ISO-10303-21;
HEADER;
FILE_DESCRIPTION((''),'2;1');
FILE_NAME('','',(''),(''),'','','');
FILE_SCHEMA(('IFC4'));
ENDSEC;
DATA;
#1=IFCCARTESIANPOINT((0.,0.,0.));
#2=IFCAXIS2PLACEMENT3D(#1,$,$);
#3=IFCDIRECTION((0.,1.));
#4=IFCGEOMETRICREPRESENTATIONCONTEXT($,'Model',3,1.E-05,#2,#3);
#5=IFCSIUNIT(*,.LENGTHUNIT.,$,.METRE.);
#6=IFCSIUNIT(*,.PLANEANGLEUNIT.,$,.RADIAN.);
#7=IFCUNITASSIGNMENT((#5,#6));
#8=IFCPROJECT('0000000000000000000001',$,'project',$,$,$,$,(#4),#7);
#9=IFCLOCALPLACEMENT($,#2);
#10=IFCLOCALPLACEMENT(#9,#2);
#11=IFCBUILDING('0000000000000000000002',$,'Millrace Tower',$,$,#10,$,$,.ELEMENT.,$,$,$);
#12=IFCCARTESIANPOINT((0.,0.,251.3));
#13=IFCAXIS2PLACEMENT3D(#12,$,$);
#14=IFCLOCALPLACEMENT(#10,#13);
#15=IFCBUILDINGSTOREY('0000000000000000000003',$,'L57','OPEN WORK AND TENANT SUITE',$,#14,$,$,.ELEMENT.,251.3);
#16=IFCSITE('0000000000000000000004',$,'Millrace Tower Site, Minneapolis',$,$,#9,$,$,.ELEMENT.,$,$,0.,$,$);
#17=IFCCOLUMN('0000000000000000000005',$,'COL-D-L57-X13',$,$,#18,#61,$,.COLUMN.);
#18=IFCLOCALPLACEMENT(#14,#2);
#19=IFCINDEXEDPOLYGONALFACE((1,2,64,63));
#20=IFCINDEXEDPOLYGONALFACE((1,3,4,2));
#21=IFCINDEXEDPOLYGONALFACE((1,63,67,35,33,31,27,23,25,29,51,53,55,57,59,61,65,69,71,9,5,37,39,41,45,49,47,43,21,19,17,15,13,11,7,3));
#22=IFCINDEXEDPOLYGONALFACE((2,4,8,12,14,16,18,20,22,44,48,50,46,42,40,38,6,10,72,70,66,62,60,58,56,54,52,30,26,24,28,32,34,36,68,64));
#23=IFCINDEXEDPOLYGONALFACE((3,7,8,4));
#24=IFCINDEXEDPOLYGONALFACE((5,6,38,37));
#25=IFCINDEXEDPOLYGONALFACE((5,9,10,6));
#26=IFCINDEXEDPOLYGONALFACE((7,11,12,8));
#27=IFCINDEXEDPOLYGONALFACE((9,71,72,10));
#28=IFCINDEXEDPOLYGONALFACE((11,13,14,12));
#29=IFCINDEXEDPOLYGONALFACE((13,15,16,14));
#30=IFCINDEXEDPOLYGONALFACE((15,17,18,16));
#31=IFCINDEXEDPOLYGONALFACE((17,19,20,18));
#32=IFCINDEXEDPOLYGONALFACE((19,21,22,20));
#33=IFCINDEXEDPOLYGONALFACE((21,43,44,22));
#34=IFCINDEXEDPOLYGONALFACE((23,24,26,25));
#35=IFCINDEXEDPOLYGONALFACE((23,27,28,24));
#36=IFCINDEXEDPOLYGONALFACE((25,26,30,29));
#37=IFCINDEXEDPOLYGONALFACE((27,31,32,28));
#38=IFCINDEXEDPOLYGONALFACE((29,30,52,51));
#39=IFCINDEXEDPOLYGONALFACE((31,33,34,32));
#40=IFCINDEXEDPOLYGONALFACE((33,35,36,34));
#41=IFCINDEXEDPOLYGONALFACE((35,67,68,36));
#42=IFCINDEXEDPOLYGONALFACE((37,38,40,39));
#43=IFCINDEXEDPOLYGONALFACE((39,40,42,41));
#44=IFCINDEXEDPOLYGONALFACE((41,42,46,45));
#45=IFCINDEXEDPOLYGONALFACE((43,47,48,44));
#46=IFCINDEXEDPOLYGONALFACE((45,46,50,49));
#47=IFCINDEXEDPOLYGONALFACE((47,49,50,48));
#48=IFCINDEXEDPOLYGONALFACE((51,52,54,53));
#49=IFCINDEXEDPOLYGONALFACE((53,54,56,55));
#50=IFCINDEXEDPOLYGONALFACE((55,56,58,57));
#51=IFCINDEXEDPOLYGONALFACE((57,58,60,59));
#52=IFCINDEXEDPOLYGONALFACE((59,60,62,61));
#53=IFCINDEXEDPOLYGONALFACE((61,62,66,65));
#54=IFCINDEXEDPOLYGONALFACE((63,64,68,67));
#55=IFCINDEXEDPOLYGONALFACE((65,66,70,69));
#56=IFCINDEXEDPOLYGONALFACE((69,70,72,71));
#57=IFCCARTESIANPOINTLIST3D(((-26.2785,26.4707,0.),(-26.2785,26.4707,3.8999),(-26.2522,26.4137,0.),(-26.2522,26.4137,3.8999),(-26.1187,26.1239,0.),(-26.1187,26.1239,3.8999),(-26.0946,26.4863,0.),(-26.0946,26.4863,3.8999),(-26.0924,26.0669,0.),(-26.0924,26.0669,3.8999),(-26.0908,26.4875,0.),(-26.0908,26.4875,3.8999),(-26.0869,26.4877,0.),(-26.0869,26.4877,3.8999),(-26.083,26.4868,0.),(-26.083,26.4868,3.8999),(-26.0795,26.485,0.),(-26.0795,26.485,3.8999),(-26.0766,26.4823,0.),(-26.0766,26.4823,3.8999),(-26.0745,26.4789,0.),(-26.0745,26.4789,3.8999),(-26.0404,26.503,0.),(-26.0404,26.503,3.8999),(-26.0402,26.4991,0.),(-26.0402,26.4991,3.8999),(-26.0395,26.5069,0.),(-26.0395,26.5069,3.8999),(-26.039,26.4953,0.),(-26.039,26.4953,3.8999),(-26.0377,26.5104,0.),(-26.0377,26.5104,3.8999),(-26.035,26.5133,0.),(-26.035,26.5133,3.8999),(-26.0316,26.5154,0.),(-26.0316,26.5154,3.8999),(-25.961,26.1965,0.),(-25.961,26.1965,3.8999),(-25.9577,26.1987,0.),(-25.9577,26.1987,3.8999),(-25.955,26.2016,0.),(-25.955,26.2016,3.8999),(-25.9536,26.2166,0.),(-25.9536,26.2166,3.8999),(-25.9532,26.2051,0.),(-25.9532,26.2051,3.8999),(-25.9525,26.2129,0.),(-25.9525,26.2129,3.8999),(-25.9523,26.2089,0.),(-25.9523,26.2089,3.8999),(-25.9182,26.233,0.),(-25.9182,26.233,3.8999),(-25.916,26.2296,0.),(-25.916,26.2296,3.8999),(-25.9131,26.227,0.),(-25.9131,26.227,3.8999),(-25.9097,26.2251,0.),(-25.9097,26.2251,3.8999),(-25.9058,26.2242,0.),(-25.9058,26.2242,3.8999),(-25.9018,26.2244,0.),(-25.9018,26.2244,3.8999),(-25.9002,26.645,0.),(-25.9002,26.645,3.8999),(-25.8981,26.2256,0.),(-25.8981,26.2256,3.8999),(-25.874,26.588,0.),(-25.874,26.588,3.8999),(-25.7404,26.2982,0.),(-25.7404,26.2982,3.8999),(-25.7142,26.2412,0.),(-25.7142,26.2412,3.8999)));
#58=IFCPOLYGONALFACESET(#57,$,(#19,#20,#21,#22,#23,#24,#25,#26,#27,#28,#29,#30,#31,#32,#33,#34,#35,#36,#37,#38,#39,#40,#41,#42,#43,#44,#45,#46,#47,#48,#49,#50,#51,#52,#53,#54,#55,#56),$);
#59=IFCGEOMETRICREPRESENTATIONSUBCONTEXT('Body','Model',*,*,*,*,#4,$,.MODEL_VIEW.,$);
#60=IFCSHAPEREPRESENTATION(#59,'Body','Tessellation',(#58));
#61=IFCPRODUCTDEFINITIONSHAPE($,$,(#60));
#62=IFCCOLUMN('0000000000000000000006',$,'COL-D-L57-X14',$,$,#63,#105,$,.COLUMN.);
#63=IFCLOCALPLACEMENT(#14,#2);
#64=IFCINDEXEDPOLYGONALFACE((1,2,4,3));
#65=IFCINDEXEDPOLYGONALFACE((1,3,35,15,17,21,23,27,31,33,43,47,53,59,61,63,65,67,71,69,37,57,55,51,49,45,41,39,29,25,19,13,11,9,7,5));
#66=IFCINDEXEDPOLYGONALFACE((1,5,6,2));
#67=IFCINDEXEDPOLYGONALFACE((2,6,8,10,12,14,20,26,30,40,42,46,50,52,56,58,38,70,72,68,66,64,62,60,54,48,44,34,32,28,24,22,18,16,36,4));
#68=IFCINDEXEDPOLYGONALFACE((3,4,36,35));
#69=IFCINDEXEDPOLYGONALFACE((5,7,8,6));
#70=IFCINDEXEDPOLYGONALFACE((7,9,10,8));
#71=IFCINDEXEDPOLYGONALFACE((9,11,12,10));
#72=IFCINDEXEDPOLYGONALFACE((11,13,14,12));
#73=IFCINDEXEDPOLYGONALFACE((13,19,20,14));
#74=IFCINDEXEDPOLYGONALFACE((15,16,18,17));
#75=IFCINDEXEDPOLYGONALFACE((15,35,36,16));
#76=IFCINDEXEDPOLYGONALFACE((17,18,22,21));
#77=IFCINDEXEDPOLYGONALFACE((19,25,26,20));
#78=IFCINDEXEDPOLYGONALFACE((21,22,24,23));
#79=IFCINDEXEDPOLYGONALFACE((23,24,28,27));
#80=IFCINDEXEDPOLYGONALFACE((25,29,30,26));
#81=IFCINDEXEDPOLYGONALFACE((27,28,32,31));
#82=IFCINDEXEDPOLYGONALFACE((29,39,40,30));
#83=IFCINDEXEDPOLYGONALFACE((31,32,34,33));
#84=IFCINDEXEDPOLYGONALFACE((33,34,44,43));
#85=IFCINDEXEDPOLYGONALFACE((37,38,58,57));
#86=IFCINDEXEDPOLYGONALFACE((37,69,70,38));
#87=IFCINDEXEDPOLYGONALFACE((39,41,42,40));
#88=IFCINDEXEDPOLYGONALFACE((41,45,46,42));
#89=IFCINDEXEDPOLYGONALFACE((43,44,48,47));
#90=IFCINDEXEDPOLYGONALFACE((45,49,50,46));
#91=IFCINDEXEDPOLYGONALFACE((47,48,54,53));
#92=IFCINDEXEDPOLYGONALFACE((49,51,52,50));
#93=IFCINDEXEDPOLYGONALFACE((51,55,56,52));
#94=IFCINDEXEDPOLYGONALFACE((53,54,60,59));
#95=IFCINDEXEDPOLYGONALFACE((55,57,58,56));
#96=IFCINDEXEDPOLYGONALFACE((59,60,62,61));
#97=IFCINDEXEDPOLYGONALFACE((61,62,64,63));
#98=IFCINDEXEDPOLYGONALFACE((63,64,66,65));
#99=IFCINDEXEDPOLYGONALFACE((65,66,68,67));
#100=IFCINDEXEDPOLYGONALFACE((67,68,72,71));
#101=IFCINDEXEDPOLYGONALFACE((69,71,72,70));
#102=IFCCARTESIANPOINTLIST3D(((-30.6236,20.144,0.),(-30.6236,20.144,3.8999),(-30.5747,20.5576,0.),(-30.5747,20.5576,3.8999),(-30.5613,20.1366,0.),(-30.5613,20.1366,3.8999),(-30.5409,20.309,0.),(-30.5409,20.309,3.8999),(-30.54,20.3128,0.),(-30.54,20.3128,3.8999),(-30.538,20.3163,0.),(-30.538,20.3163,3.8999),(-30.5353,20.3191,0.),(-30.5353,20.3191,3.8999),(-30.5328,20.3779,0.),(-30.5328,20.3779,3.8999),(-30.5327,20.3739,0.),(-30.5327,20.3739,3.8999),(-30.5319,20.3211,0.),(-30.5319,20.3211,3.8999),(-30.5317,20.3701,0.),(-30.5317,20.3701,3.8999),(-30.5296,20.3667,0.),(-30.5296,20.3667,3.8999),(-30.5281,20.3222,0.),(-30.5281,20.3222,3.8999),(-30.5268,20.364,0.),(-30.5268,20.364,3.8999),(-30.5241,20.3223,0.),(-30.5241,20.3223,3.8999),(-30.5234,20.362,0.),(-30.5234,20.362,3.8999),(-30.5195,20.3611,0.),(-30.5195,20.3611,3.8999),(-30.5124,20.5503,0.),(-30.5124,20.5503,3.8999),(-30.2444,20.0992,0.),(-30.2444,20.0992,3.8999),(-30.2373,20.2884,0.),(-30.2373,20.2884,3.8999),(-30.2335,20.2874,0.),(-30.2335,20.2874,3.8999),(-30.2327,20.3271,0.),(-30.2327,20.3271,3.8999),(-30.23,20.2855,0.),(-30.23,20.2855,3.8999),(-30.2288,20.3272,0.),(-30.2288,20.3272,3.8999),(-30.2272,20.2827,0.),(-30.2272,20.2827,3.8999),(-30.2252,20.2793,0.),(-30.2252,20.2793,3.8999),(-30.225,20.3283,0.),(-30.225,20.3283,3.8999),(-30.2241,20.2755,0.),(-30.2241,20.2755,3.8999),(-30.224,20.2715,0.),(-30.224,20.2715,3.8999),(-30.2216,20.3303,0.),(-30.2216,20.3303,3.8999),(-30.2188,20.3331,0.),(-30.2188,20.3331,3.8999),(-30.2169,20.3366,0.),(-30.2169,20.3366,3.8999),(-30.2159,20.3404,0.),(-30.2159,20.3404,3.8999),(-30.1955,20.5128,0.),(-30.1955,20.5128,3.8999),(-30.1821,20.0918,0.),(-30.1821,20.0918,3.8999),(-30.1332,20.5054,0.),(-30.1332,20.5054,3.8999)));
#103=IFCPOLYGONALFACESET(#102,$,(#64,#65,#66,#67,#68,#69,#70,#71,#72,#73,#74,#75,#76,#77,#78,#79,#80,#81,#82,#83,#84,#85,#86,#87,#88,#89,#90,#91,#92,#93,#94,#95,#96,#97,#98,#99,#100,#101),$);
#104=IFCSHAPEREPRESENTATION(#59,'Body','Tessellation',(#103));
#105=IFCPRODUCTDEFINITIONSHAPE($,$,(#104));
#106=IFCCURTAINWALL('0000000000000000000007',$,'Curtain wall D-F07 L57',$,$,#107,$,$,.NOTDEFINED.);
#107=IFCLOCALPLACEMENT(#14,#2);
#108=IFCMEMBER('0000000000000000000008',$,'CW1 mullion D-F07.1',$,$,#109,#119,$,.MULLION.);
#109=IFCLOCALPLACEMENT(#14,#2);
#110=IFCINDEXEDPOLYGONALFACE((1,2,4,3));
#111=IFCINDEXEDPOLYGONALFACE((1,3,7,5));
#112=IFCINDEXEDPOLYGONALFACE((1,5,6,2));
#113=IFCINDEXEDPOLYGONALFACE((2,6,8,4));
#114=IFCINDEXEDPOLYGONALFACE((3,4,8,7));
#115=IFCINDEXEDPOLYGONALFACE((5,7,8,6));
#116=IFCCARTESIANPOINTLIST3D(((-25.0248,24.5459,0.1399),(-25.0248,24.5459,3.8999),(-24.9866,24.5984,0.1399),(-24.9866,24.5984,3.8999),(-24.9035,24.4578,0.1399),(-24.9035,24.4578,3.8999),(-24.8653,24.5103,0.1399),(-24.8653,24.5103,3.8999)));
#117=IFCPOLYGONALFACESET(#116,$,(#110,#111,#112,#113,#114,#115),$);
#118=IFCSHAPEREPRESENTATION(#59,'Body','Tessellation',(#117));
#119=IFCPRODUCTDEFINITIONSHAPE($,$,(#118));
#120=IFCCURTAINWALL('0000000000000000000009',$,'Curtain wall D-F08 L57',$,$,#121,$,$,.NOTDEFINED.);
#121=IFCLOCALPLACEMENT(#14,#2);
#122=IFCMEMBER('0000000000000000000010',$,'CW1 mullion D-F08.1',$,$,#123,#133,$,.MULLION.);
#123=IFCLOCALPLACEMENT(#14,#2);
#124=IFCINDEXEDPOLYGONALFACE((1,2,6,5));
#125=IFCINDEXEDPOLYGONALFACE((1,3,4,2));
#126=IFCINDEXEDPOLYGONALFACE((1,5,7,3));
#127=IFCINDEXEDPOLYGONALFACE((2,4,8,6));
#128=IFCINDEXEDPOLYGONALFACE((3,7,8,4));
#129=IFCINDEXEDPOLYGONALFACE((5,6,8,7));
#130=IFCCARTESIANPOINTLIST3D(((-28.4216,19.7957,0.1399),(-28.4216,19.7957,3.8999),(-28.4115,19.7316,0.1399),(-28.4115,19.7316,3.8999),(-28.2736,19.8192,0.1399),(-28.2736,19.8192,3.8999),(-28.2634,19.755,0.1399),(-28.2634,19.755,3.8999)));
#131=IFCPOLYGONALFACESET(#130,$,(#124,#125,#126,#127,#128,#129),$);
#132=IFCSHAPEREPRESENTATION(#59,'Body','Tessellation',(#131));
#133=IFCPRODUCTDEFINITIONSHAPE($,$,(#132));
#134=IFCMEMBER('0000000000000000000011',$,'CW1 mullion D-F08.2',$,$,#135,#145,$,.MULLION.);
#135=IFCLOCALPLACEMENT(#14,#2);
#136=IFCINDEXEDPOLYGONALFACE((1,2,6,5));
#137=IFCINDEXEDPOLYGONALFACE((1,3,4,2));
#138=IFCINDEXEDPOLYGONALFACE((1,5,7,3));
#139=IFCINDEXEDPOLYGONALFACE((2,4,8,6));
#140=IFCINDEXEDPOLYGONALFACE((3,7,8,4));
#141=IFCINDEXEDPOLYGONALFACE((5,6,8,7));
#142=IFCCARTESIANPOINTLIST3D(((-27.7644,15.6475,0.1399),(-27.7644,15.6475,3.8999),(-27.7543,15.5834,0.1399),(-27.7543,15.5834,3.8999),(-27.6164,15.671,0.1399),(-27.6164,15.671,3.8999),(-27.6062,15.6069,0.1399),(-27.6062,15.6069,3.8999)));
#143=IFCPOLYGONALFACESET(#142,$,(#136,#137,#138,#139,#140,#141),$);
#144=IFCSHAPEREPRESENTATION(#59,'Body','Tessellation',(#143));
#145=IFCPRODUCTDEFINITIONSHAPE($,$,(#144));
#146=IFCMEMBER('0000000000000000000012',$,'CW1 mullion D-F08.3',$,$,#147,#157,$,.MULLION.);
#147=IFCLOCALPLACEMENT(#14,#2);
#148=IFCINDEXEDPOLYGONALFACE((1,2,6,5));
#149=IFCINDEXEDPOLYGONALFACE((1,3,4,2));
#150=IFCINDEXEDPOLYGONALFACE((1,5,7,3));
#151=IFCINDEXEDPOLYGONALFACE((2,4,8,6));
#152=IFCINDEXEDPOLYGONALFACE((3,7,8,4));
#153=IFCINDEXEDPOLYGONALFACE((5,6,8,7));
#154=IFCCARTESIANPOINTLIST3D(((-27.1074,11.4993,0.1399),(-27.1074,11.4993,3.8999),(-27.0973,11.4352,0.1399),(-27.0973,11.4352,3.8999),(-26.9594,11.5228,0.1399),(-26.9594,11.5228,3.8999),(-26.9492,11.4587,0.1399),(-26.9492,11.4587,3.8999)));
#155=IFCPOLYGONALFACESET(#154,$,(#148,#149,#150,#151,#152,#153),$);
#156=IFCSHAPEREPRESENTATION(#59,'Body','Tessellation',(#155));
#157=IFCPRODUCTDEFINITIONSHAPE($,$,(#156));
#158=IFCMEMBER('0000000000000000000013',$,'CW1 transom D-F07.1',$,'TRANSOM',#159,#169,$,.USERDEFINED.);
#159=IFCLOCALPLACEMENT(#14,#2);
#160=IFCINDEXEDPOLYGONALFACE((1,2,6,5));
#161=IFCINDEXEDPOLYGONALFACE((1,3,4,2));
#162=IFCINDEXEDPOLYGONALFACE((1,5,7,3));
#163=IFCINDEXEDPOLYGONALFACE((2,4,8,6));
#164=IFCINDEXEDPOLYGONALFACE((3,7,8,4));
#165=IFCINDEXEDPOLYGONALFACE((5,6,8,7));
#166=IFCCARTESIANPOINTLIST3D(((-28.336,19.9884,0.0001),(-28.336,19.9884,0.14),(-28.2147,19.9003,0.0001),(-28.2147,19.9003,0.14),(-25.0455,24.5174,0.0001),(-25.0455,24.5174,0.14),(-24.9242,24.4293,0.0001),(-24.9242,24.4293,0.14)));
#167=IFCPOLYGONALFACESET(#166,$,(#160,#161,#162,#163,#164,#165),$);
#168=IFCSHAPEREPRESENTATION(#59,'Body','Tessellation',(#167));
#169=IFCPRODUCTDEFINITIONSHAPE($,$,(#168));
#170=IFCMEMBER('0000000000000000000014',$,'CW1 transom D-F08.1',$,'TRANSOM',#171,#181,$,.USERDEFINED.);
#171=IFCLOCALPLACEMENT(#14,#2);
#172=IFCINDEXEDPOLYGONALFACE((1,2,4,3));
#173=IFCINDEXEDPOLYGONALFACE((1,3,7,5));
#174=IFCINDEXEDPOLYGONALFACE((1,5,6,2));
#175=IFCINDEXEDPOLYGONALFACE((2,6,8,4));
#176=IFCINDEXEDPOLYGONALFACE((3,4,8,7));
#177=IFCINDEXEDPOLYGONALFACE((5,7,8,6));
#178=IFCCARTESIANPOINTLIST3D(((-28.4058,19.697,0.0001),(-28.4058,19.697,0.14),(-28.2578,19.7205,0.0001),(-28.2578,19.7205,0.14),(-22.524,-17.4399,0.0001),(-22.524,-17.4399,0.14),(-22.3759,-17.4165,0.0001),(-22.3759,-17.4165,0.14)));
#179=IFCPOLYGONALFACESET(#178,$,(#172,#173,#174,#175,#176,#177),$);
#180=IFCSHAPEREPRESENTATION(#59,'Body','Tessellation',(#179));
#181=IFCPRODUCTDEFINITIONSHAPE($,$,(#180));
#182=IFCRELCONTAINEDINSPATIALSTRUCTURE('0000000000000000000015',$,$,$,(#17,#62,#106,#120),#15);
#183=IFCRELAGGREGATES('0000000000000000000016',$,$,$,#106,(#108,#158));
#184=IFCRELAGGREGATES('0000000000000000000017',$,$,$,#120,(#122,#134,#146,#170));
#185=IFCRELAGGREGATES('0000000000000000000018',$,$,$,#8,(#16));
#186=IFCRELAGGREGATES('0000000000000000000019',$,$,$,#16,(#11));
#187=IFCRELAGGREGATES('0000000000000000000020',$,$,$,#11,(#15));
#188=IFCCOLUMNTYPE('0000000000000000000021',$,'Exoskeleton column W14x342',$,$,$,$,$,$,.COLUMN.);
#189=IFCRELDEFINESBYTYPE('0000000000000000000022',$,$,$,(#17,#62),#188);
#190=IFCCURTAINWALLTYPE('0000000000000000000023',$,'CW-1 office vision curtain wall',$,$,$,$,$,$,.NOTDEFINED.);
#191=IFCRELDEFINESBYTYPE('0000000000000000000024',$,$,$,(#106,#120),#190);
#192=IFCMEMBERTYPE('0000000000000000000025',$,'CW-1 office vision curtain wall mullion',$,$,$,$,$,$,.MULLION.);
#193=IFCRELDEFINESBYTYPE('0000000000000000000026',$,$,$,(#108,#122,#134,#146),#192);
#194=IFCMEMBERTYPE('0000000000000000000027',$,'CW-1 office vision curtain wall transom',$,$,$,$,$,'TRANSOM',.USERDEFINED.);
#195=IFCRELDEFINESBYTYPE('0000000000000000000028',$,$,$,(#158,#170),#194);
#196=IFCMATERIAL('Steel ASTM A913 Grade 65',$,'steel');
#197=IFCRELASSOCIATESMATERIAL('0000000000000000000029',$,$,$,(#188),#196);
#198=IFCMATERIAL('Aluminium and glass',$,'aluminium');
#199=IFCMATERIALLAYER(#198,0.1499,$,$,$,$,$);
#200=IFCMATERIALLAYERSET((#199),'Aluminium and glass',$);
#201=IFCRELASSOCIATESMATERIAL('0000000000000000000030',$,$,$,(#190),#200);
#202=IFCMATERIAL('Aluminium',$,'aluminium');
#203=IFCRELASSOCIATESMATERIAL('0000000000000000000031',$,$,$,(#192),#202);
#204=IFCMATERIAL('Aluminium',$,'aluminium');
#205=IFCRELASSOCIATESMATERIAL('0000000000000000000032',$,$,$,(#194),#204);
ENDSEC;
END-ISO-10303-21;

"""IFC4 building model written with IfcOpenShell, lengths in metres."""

from ifc_helpers import new_model, si_unit, direction, frame, origin, origin_2d, place, context, subcontext, project, spatial, rectangle, i_section, extrude, material, layer, layer_set, material_profile, profile_set, type_object, element, aggregate, save


model = new_model("IFC4")

# Units and contexts
model_context = context("Model", 3, precision=1e-05, world=origin(), true_north=direction((0.0, 1.0)))
body_context = subcontext(model_context, "Body", "Model", "MODEL_VIEW")
ifc_project = project(units=[si_unit("LENGTHUNIT", "METRE"), si_unit("PLANEANGLEUNIT", "RADIAN")], contexts=[model_context])

# Site, building, storey
site_placement = place(None, origin())
site = spatial("IfcSite", under=ifc_project, at=site_placement, Name="Millrace Tower Site, Minneapolis", CompositionType="ELEMENT", RefElevation=0.0)
building_placement = place(site_placement, origin())
building = spatial("IfcBuilding", under=site, at=building_placement, Name="Millrace Tower", CompositionType="ELEMENT")
storey_placement = place(building_placement, frame((0.0, 0.0, 251.3)))
storey = spatial("IfcBuildingStorey", under=building, at=storey_placement, Name="L57", Description="OPEN WORK AND TENANT SUITE", CompositionType="ELEMENT", Elevation=251.3)

# Columns
ifc_material_1 = material(Name="Steel ASTM A913 Grade 65", Category="steel")
ifc_material_profile_1 = material_profile(ifc_material_1, i_section(OverallWidth=0.4165, OverallDepth=0.4446, WebThickness=0.0391, FlangeThickness=0.0627, FilletRadius=0.0151, at=origin_2d()))
ifc_profile_set_1 = profile_set([ifc_material_profile_1], Name="Steel ASTM A913 Grade 65")
column_type = type_object("IfcColumnType", Name="Exoskeleton column W14x342", PredefinedType="COLUMN", material=ifc_profile_set_1)
for number, where, z_axis, x_axis, name in (
    (1, (-25.9963, 26.356, 0.0), (0.0, 0.0, 1.0), (-0.908192, -0.418553, 0.0), "COL-D-L57-X13"),
    (2, (-30.3784, 20.3247, 0.0), (0.0, 0.0, 1.0), (-0.117421, -0.993082, 0.0), "COL-D-L57-X14"),
):
    element("IfcColumn", number, at=place(storey_placement, frame(where, z_axis=z_axis, x_axis=x_axis)), inside=storey, type_object=column_type, Name=name, PredefinedType="COLUMN", context=body_context, shape_type="SweptSolid", body=[
        extrude(i_section(OverallWidth=0.4165, OverallDepth=0.4446, WebThickness=0.0391, FlangeThickness=0.0627, FilletRadius=0.0151, at=origin_2d()), origin(), (0.0, 0.0, 1.0), 3.8999),
    ])

# Curtain wall, member
ifc_material_2 = material(Name="Aluminium and glass", Category="aluminium")
ifc_layer_1 = layer(ifc_material_2, 0.1499)
ifc_layer_set_1 = layer_set([ifc_layer_1], Name="Aluminium and glass")
curtain_wall_type = type_object("IfcCurtainWallType", Name="CW-1 office vision curtain wall", PredefinedType="NOTDEFINED", material=ifc_layer_set_1)
placement = place(storey_placement, origin())
curtain_wall_1 = element("IfcCurtainWall", 3, at=placement, inside=storey, type_object=curtain_wall_type, Name="Curtain wall D-F07 L57", PredefinedType="NOTDEFINED")
ifc_material_3 = material(Name="Aluminium", Category="aluminium")
ifc_material_profile_2 = material_profile(ifc_material_3, rectangle(XDim=0.0649, YDim=0.1499, at=origin_2d()))
ifc_profile_set_2 = profile_set([ifc_material_profile_2], Name="Aluminium")
member_type_1 = type_object("IfcMemberType", Name="CW-1 office vision curtain wall mullion", PredefinedType="MULLION", material=ifc_profile_set_2)
member_1_placement = place(storey_placement, frame((-24.9451, 24.5281, 0.1399), z_axis=(0.0, 0.0, 1.0), x_axis=(-0.587785, -0.809017, 0.0)))
member_1 = element("IfcMember", 4, at=member_1_placement, type_object=member_type_1, Name="CW1 mullion D-F07.1", PredefinedType="MULLION", context=body_context, shape_type="SweptSolid", body=[
    extrude(rectangle(XDim=0.0649, YDim=0.1499, at=origin_2d()), origin(), (0.0, 0.0, 1.0), 3.76),
])

# Curtain wall, members
curtain_wall_2 = element("IfcCurtainWall", 5, at=placement, inside=storey, type_object=curtain_wall_type, Name="Curtain wall D-F08 L57", PredefinedType="NOTDEFINED")
member_2_placement = place(storey_placement, frame((-28.3425, 19.7754, 0.1399), z_axis=(0.0, 0.0, 1.0), x_axis=(0.156434, -0.987688, 0.0)))
member_2 = element("IfcMember", 6, at=member_2_placement, type_object=member_type_1, Name="CW1 mullion D-F08.1", PredefinedType="MULLION", context=body_context, shape_type="SweptSolid", body=[
    extrude(rectangle(XDim=0.0649, YDim=0.1499, at=origin_2d()), origin(), (0.0, 0.0, 1.0), 3.76),
])
member_3_placement = place(storey_placement, frame((-27.6853, 15.6272, 0.1399), z_axis=(0.0, 0.0, 1.0), x_axis=(0.156434, -0.987688, 0.0)))
member_3 = element("IfcMember", 7, at=member_3_placement, type_object=member_type_1, Name="CW1 mullion D-F08.2", PredefinedType="MULLION", context=body_context, shape_type="SweptSolid", body=[
    extrude(rectangle(XDim=0.0649, YDim=0.1499, at=origin_2d()), origin(), (0.0, 0.0, 1.0), 3.76),
])
member_4_placement = place(storey_placement, frame((-27.0283, 11.479, 0.1399), z_axis=(0.0, 0.0, 1.0), x_axis=(0.156434, -0.987688, 0.0)))
member_4 = element("IfcMember", 8, at=member_4_placement, type_object=member_type_1, Name="CW1 mullion D-F08.3", PredefinedType="MULLION", context=body_context, shape_type="SweptSolid", body=[
    extrude(rectangle(XDim=0.0649, YDim=0.1499, at=origin_2d()), origin(), (0.0, 0.0, 1.0), 3.76),
])

# Members
ifc_material_4 = material(Name="Aluminium", Category="aluminium")
ifc_material_profile_3 = material_profile(ifc_material_4, rectangle(XDim=0.1499, YDim=0.1399, at=origin_2d()))
ifc_profile_set_3 = profile_set([ifc_material_profile_3], Name="Aluminium")
member_type_2 = type_object("IfcMemberType", Name="CW-1 office vision curtain wall transom", ElementType="TRANSOM", PredefinedType="USERDEFINED", material=ifc_profile_set_3)
member_5_placement = place(storey_placement, frame((-24.9849, 24.4734, 0.0701), z_axis=(-0.587783, -0.809019, 0.0), x_axis=(0.809019, -0.587783, 0.0)))
member_5 = element("IfcMember", 9, at=member_5_placement, type_object=member_type_2, Name="CW1 transom D-F07.1", ObjectType="TRANSOM", PredefinedType="USERDEFINED", context=body_context, shape_type="SweptSolid", body=[
    extrude(rectangle(XDim=0.1499, YDim=0.1399, at=origin_2d()), origin(), (0.0, 0.0, 1.0), 5.5981),
])
aggregate(curtain_wall_1, [member_1, member_5])
member_6_placement = place(storey_placement, frame((-28.3318, 19.7087, 0.0701), z_axis=(0.156432, -0.987689, 0.0), x_axis=(0.987689, 0.156432, 0.0)))
member_6 = element("IfcMember", 10, at=member_6_placement, type_object=member_type_2, Name="CW1 transom D-F08.1", ObjectType="TRANSOM", PredefinedType="USERDEFINED", context=body_context, shape_type="SweptSolid", body=[
    extrude(rectangle(XDim=0.1499, YDim=0.1399, at=origin_2d()), origin(), (0.0, 0.0, 1.0), 37.5999),
])
aggregate(curtain_wall_2, [member_2, member_3, member_4, member_6])

save(model, "model.ifc")
